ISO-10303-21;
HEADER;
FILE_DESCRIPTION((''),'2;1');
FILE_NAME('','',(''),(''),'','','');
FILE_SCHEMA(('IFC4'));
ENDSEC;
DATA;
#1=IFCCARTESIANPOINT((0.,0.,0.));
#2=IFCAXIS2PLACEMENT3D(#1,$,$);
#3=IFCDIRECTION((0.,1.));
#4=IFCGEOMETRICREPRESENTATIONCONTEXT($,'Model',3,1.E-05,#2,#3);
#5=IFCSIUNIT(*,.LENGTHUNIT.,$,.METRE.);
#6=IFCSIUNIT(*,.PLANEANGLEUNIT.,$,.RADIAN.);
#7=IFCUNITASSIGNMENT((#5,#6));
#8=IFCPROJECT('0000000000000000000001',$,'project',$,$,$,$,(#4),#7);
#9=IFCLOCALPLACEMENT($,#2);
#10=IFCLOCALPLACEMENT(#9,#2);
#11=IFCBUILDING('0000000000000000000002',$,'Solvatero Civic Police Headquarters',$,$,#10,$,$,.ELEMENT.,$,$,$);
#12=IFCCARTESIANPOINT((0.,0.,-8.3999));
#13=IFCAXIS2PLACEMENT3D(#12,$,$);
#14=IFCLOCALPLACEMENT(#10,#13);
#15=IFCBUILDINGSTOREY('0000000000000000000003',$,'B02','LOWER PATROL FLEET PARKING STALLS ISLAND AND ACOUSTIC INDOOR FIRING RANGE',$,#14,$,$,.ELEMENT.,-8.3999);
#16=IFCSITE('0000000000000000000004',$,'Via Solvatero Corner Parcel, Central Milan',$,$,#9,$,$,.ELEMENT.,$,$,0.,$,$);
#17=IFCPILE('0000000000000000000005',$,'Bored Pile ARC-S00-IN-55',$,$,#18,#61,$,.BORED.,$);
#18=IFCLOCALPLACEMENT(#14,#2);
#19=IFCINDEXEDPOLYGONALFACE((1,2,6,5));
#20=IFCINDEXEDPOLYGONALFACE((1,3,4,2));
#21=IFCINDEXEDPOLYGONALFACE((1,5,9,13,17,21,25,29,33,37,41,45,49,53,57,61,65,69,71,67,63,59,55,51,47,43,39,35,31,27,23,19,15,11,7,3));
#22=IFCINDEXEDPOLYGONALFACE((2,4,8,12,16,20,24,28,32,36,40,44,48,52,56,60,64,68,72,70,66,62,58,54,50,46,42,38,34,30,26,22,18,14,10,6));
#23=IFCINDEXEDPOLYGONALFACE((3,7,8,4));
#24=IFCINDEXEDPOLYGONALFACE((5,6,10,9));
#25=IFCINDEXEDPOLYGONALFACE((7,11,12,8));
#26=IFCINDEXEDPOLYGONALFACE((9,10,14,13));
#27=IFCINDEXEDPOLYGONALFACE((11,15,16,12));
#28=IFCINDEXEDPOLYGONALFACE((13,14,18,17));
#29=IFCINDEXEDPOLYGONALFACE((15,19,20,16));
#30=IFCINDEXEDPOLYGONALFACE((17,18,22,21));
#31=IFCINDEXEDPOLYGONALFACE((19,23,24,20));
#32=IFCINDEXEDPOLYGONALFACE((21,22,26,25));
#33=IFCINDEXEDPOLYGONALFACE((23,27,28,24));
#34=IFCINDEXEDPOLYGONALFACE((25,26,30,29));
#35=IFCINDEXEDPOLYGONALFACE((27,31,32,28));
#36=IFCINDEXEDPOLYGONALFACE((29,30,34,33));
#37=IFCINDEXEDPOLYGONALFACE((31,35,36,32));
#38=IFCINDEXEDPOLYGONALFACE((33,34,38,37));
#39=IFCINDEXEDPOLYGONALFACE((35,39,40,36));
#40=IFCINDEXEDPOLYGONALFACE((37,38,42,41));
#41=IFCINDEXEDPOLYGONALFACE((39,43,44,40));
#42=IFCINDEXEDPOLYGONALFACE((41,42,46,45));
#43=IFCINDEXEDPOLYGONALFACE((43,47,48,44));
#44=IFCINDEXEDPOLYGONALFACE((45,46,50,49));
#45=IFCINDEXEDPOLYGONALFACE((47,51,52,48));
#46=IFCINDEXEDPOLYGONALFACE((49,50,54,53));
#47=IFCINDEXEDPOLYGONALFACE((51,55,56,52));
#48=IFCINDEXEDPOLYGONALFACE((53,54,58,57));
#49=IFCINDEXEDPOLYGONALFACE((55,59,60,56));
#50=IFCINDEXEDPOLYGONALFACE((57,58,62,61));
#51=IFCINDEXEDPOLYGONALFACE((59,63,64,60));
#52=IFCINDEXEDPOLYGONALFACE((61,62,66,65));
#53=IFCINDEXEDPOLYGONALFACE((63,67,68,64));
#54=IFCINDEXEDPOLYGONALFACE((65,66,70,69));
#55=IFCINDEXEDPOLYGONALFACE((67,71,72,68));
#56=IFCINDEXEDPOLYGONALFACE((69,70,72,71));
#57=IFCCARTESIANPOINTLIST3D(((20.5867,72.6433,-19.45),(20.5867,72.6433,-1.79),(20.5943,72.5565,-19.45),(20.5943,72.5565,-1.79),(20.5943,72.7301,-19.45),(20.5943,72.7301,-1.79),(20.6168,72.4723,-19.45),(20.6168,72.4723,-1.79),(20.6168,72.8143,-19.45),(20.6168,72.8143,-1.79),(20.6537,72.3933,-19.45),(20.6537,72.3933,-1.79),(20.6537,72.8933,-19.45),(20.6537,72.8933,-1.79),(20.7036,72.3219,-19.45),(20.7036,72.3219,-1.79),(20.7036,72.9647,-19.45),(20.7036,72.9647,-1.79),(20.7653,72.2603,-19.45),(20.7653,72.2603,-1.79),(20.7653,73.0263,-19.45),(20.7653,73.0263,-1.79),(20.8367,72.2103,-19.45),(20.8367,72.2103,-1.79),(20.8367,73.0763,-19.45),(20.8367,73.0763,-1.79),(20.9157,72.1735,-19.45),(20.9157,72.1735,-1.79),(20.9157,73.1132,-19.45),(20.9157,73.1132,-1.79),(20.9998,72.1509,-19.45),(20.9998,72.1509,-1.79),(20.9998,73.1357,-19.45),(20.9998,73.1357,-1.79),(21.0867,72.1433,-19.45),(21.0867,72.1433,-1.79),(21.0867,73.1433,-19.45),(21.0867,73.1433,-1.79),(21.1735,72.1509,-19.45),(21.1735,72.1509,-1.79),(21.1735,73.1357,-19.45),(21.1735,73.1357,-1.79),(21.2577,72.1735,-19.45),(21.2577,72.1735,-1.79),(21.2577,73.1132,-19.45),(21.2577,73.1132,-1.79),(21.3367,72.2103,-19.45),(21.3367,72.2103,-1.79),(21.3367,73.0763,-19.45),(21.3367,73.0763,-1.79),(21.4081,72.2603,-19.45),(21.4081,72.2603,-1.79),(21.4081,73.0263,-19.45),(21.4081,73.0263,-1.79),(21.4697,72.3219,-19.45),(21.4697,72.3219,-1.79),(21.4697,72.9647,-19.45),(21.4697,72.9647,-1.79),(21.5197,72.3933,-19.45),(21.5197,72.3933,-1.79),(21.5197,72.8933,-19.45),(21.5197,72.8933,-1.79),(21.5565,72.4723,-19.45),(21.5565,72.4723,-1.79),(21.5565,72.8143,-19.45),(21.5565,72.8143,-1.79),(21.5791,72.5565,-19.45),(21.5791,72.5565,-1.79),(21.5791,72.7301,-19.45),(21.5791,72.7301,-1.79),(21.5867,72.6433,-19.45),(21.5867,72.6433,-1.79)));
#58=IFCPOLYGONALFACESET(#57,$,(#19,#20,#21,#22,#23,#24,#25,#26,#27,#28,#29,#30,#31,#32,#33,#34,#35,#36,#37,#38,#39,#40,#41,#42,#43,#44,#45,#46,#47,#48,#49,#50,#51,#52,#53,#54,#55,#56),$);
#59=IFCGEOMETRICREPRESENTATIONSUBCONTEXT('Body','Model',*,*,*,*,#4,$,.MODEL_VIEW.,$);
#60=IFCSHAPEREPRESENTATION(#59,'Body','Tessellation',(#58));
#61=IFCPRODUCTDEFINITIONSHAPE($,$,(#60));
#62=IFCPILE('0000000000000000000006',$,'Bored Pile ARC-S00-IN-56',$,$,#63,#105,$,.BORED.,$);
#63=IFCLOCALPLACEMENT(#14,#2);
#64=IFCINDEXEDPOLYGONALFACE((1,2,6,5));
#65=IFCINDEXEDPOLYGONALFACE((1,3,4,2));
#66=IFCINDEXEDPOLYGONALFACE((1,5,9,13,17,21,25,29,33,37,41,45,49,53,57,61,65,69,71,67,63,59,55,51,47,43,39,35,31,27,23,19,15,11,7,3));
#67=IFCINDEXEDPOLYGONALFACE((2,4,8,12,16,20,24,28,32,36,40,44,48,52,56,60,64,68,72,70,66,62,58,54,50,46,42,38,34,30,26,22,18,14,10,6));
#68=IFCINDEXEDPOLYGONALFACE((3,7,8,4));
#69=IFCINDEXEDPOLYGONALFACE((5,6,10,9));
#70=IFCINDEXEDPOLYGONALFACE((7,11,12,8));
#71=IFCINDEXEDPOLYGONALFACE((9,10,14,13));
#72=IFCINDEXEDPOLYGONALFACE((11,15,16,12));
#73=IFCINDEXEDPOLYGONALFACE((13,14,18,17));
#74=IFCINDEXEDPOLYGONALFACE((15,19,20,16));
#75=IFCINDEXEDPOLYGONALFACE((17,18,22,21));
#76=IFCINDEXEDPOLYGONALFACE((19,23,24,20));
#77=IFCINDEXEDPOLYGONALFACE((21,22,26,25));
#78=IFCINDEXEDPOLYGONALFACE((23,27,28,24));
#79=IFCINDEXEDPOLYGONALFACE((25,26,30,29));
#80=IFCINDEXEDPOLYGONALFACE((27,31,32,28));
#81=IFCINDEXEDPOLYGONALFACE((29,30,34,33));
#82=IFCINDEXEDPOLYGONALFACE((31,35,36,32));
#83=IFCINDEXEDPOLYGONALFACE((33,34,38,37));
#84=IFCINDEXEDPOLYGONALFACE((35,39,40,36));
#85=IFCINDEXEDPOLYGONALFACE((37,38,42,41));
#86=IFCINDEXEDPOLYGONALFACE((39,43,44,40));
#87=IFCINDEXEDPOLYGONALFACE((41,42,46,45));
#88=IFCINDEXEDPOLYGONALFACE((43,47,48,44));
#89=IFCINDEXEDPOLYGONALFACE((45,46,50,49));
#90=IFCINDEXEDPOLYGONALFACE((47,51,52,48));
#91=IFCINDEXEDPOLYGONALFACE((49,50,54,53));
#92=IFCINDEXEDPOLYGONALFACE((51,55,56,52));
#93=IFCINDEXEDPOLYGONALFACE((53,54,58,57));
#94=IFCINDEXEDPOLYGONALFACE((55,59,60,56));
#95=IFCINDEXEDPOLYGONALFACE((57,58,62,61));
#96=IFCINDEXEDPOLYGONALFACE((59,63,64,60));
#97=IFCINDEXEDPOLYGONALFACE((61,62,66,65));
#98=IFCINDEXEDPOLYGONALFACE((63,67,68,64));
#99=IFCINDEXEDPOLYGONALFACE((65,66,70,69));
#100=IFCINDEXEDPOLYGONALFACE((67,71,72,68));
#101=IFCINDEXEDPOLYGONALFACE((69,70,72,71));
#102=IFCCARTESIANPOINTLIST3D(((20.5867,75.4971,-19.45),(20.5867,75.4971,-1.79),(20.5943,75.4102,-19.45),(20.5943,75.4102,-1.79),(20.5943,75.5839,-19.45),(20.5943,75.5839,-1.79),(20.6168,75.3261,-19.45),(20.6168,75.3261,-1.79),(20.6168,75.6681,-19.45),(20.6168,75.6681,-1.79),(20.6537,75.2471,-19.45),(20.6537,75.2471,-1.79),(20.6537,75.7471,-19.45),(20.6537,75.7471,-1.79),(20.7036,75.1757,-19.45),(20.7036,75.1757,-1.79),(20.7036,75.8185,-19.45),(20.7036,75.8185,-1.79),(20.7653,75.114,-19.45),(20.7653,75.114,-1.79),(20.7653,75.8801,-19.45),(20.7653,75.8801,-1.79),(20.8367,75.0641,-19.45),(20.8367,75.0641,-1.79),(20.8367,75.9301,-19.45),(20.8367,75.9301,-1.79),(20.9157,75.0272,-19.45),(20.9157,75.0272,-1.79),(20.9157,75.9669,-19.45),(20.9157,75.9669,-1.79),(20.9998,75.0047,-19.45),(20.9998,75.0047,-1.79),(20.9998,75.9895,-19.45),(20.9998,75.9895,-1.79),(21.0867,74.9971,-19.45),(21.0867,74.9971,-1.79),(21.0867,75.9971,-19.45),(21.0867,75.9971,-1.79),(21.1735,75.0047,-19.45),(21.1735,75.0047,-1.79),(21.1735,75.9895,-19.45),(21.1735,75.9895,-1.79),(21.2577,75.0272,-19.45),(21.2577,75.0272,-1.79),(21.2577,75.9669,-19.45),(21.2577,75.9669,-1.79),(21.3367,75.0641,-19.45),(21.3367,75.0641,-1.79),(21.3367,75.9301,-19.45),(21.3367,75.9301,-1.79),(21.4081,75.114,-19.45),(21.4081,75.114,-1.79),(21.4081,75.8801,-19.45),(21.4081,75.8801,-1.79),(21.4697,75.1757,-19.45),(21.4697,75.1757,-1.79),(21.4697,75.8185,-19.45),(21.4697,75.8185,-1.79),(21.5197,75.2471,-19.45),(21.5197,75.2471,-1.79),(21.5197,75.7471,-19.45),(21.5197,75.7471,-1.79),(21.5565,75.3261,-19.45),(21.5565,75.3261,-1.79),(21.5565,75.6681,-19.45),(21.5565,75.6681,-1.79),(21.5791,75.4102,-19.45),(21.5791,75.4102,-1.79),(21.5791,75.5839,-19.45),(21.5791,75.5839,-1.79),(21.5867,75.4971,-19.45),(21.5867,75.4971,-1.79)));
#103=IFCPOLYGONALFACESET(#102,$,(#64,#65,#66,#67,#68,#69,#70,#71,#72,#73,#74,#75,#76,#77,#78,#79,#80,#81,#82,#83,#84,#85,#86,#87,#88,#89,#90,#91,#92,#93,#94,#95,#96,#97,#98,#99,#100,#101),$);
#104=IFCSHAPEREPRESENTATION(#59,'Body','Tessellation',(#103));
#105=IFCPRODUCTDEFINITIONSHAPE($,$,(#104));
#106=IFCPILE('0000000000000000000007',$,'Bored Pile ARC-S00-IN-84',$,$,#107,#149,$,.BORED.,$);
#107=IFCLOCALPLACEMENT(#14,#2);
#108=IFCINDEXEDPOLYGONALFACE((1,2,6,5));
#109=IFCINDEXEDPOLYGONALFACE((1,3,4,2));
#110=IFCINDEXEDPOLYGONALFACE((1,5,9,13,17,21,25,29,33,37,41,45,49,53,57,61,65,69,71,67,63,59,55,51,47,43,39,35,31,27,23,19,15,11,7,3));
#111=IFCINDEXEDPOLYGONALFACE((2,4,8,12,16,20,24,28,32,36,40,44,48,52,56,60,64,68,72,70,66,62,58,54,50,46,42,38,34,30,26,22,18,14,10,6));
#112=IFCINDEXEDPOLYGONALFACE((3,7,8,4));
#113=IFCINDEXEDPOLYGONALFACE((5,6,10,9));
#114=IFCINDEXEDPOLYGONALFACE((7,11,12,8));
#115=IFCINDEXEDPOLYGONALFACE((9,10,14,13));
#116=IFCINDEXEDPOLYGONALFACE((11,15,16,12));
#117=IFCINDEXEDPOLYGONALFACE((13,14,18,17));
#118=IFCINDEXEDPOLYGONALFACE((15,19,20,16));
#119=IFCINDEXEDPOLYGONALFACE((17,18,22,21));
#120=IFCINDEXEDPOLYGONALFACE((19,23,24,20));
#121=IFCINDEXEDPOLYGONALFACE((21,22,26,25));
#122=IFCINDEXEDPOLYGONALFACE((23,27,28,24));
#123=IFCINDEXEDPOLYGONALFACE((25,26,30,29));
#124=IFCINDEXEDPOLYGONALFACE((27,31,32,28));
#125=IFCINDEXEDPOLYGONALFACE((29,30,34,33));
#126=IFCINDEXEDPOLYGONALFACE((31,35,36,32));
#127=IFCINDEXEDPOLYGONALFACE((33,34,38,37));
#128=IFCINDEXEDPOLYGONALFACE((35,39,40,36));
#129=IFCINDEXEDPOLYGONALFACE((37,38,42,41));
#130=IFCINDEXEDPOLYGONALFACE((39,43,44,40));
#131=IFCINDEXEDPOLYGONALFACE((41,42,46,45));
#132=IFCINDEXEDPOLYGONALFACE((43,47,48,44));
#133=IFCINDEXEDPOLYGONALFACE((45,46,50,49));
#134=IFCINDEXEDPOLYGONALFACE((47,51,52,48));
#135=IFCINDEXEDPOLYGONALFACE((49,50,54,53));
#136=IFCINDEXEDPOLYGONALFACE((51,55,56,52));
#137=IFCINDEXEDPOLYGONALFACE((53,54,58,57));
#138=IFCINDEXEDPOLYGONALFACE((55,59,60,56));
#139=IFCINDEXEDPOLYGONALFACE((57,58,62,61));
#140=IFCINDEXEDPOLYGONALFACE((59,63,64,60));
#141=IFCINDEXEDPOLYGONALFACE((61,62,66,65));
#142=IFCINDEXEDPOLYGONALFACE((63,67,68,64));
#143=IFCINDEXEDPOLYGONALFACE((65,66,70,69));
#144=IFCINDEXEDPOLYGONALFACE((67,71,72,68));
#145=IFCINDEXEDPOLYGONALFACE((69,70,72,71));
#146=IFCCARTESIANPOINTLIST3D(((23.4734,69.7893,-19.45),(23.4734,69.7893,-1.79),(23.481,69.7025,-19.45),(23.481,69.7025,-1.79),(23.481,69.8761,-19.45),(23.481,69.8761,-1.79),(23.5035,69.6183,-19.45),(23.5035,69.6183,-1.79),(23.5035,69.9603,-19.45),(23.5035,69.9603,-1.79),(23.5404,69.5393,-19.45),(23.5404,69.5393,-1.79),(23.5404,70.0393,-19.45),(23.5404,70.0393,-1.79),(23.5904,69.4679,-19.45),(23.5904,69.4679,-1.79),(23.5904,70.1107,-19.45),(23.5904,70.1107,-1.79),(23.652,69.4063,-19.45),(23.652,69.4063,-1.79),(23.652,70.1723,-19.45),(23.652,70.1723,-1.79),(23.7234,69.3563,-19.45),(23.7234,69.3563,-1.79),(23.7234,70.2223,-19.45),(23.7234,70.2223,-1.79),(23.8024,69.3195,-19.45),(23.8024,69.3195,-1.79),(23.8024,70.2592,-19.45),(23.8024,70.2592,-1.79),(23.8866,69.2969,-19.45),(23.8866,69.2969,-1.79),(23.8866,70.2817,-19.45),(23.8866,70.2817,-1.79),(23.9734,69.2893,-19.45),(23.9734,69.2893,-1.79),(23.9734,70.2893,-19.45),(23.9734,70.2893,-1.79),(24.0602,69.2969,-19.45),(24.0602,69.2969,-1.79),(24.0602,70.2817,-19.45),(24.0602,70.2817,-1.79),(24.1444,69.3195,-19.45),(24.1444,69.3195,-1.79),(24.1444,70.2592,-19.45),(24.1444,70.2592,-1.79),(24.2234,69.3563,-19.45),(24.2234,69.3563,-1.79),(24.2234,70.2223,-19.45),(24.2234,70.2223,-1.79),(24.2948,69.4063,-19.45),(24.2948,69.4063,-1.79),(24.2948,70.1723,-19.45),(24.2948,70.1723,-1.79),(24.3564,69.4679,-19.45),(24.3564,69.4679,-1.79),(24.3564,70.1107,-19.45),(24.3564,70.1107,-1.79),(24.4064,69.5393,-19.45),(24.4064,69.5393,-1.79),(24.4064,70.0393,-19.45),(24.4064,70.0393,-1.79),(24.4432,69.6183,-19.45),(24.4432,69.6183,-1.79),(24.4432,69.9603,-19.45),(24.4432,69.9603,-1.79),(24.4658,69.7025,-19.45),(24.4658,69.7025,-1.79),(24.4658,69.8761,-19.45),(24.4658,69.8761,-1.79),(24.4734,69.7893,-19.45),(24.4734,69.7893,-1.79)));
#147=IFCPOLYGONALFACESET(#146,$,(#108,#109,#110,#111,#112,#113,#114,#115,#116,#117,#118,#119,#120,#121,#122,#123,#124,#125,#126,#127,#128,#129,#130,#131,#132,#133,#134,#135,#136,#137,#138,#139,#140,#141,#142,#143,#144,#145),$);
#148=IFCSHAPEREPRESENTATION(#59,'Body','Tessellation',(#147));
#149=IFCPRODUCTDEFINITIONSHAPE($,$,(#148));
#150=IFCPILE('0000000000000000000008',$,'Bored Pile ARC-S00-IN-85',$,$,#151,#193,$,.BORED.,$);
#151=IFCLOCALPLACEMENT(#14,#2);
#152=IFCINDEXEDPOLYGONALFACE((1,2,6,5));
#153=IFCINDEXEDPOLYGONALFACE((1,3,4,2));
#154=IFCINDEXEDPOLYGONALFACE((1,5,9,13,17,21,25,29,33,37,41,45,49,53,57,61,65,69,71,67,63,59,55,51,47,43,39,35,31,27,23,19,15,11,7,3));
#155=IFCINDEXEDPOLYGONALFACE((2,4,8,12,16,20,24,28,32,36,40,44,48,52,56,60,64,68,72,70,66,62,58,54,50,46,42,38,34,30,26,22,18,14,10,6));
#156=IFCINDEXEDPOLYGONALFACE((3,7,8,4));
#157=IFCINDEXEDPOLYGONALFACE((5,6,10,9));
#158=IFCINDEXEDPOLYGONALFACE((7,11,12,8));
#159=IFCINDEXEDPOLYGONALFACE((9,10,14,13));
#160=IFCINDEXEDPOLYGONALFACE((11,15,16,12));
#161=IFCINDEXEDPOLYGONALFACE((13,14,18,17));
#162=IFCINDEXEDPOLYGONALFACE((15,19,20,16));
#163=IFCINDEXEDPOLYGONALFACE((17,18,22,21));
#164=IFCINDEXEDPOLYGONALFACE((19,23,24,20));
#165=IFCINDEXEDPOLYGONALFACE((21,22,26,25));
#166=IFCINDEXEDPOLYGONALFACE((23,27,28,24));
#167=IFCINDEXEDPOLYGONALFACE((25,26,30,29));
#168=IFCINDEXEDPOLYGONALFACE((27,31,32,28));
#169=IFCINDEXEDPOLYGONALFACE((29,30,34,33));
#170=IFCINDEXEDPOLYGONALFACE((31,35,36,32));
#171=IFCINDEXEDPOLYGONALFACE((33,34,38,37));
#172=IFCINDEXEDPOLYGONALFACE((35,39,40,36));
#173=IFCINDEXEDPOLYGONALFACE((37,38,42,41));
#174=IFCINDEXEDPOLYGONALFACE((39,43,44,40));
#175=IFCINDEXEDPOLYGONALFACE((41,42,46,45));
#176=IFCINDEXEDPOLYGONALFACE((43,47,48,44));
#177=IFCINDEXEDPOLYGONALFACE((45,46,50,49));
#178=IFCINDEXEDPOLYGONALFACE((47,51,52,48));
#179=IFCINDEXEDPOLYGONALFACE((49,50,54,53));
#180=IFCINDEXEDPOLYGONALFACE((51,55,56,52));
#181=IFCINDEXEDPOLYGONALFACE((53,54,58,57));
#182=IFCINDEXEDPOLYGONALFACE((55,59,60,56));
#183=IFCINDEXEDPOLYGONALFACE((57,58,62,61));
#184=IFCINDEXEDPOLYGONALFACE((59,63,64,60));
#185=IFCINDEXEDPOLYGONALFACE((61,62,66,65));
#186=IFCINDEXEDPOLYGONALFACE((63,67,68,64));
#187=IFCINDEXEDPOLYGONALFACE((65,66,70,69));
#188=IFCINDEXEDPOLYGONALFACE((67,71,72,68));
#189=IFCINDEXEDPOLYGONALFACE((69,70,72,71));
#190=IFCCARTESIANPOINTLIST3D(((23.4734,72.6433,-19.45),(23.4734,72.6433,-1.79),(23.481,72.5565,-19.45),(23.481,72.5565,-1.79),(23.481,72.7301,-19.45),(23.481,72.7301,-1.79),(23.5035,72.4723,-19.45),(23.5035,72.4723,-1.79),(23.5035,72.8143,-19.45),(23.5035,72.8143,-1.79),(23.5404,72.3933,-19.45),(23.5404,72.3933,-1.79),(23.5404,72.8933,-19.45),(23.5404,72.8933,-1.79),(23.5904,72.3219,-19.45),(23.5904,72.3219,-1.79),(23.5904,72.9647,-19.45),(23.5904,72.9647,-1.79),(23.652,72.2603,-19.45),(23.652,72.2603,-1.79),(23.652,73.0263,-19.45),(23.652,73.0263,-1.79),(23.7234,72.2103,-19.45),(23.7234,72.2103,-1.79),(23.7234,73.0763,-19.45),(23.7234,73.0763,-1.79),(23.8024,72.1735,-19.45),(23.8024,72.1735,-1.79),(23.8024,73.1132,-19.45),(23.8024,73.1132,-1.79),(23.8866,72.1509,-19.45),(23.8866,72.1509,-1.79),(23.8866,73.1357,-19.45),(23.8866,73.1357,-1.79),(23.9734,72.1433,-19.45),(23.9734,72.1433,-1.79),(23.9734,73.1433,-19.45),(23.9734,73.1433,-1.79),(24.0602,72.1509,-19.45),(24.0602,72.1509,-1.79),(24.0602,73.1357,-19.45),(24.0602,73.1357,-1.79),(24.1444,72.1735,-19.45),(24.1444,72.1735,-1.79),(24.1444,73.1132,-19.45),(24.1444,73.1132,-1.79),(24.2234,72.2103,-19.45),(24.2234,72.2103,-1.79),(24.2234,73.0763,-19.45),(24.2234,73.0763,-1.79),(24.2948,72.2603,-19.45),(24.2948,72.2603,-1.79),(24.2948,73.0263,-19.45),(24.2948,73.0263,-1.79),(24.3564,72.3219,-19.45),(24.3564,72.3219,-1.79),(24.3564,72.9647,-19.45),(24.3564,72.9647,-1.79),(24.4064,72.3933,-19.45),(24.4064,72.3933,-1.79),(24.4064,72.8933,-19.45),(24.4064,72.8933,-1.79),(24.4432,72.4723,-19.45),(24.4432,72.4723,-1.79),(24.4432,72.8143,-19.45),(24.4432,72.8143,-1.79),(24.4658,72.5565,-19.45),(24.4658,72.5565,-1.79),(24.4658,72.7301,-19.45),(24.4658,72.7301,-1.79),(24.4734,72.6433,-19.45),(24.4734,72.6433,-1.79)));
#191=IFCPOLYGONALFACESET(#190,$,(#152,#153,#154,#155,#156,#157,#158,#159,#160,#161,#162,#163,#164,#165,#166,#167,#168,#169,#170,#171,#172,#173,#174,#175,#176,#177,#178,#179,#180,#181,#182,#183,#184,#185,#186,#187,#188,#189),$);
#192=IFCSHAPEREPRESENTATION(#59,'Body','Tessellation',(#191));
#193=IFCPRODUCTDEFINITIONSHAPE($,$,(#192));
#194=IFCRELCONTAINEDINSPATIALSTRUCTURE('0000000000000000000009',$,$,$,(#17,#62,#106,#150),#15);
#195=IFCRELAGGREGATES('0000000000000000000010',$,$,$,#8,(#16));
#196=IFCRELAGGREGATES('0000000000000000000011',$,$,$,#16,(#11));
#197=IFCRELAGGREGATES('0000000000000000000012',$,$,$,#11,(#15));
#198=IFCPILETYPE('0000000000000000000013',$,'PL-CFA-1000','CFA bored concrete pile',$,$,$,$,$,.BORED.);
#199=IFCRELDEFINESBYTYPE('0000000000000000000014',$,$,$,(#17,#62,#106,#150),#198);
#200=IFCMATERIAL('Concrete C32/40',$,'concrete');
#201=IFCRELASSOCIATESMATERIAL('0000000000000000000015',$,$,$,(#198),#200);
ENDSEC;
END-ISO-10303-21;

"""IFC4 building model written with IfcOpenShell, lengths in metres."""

from ifc_helpers import new_model, si_unit, direction, frame, origin, origin_2d, place, context, subcontext, project, spatial, circle, extrude, material, material_profile, profile_set, type_object, element, save


model = new_model("IFC4")

# Units and contexts
model_context = context("Model", 3, precision=1e-05, world=origin(), true_north=direction((0.0, 1.0)))
body_context = subcontext(model_context, "Body", "Model", "MODEL_VIEW")
ifc_project = project(units=[si_unit("LENGTHUNIT", "METRE"), si_unit("PLANEANGLEUNIT", "RADIAN")], contexts=[model_context])

# Site, building, storey
site_placement = place(None, origin())
site = spatial("IfcSite", under=ifc_project, at=site_placement, Name="Via Solvatero Corner Parcel, Central Milan", CompositionType="ELEMENT", RefElevation=0.0)
building_placement = place(site_placement, origin())
building = spatial("IfcBuilding", under=site, at=building_placement, Name="Solvatero Civic Police Headquarters", CompositionType="ELEMENT")
storey_placement = place(building_placement, frame((0.0, 0.0, -8.3999)))
storey = spatial("IfcBuildingStorey", under=building, at=storey_placement, Name="B02", Description="LOWER PATROL FLEET PARKING STALLS ISLAND AND ACOUSTIC INDOOR FIRING RANGE", CompositionType="ELEMENT", Elevation=-8.3999)

# Piles
ifc_material_1 = material(Name="Concrete C32/40", Category="concrete")
ifc_material_profile_1 = material_profile(ifc_material_1, circle(Radius=0.5, at=origin_2d()), Name="CFA PILE D1000")
ifc_profile_set_1 = profile_set([ifc_material_profile_1], Name="Concrete C32/40")
pile_type = type_object("IfcPileType", Name="PL-CFA-1000", Description="CFA bored concrete pile", PredefinedType="BORED", material=ifc_profile_set_1)
for number, where, z_axis, x_axis, name in (
    (1, (21.0867, 72.6433, -1.79), (0.0, 0.0, -1.0), (1.0, 0.0, 0.0), "Bored Pile ARC-S00-IN-55"),
    (2, (21.0867, 75.4971, -1.79), (0.0, 0.0, -1.0), (1.0, 0.0, 0.0), "Bored Pile ARC-S00-IN-56"),
    (3, (23.9734, 69.7893, -1.79), (0.0, 0.0, -1.0), (1.0, 0.0, 0.0), "Bored Pile ARC-S00-IN-84"),
    (4, (23.9734, 72.6433, -1.79), (0.0, 0.0, -1.0), (1.0, 0.0, 0.0), "Bored Pile ARC-S00-IN-85"),
):
    element("IfcPile", number, at=place(storey_placement, frame(where, z_axis=z_axis, x_axis=x_axis)), inside=storey, type_object=pile_type, Name=name, PredefinedType="BORED", context=body_context, shape_type="SweptSolid", body=[
        extrude(circle(Radius=0.5, at=origin_2d()), origin(), (0.0, 0.0, 1.0), 17.6599),
    ])

save(model, "model.ifc")
